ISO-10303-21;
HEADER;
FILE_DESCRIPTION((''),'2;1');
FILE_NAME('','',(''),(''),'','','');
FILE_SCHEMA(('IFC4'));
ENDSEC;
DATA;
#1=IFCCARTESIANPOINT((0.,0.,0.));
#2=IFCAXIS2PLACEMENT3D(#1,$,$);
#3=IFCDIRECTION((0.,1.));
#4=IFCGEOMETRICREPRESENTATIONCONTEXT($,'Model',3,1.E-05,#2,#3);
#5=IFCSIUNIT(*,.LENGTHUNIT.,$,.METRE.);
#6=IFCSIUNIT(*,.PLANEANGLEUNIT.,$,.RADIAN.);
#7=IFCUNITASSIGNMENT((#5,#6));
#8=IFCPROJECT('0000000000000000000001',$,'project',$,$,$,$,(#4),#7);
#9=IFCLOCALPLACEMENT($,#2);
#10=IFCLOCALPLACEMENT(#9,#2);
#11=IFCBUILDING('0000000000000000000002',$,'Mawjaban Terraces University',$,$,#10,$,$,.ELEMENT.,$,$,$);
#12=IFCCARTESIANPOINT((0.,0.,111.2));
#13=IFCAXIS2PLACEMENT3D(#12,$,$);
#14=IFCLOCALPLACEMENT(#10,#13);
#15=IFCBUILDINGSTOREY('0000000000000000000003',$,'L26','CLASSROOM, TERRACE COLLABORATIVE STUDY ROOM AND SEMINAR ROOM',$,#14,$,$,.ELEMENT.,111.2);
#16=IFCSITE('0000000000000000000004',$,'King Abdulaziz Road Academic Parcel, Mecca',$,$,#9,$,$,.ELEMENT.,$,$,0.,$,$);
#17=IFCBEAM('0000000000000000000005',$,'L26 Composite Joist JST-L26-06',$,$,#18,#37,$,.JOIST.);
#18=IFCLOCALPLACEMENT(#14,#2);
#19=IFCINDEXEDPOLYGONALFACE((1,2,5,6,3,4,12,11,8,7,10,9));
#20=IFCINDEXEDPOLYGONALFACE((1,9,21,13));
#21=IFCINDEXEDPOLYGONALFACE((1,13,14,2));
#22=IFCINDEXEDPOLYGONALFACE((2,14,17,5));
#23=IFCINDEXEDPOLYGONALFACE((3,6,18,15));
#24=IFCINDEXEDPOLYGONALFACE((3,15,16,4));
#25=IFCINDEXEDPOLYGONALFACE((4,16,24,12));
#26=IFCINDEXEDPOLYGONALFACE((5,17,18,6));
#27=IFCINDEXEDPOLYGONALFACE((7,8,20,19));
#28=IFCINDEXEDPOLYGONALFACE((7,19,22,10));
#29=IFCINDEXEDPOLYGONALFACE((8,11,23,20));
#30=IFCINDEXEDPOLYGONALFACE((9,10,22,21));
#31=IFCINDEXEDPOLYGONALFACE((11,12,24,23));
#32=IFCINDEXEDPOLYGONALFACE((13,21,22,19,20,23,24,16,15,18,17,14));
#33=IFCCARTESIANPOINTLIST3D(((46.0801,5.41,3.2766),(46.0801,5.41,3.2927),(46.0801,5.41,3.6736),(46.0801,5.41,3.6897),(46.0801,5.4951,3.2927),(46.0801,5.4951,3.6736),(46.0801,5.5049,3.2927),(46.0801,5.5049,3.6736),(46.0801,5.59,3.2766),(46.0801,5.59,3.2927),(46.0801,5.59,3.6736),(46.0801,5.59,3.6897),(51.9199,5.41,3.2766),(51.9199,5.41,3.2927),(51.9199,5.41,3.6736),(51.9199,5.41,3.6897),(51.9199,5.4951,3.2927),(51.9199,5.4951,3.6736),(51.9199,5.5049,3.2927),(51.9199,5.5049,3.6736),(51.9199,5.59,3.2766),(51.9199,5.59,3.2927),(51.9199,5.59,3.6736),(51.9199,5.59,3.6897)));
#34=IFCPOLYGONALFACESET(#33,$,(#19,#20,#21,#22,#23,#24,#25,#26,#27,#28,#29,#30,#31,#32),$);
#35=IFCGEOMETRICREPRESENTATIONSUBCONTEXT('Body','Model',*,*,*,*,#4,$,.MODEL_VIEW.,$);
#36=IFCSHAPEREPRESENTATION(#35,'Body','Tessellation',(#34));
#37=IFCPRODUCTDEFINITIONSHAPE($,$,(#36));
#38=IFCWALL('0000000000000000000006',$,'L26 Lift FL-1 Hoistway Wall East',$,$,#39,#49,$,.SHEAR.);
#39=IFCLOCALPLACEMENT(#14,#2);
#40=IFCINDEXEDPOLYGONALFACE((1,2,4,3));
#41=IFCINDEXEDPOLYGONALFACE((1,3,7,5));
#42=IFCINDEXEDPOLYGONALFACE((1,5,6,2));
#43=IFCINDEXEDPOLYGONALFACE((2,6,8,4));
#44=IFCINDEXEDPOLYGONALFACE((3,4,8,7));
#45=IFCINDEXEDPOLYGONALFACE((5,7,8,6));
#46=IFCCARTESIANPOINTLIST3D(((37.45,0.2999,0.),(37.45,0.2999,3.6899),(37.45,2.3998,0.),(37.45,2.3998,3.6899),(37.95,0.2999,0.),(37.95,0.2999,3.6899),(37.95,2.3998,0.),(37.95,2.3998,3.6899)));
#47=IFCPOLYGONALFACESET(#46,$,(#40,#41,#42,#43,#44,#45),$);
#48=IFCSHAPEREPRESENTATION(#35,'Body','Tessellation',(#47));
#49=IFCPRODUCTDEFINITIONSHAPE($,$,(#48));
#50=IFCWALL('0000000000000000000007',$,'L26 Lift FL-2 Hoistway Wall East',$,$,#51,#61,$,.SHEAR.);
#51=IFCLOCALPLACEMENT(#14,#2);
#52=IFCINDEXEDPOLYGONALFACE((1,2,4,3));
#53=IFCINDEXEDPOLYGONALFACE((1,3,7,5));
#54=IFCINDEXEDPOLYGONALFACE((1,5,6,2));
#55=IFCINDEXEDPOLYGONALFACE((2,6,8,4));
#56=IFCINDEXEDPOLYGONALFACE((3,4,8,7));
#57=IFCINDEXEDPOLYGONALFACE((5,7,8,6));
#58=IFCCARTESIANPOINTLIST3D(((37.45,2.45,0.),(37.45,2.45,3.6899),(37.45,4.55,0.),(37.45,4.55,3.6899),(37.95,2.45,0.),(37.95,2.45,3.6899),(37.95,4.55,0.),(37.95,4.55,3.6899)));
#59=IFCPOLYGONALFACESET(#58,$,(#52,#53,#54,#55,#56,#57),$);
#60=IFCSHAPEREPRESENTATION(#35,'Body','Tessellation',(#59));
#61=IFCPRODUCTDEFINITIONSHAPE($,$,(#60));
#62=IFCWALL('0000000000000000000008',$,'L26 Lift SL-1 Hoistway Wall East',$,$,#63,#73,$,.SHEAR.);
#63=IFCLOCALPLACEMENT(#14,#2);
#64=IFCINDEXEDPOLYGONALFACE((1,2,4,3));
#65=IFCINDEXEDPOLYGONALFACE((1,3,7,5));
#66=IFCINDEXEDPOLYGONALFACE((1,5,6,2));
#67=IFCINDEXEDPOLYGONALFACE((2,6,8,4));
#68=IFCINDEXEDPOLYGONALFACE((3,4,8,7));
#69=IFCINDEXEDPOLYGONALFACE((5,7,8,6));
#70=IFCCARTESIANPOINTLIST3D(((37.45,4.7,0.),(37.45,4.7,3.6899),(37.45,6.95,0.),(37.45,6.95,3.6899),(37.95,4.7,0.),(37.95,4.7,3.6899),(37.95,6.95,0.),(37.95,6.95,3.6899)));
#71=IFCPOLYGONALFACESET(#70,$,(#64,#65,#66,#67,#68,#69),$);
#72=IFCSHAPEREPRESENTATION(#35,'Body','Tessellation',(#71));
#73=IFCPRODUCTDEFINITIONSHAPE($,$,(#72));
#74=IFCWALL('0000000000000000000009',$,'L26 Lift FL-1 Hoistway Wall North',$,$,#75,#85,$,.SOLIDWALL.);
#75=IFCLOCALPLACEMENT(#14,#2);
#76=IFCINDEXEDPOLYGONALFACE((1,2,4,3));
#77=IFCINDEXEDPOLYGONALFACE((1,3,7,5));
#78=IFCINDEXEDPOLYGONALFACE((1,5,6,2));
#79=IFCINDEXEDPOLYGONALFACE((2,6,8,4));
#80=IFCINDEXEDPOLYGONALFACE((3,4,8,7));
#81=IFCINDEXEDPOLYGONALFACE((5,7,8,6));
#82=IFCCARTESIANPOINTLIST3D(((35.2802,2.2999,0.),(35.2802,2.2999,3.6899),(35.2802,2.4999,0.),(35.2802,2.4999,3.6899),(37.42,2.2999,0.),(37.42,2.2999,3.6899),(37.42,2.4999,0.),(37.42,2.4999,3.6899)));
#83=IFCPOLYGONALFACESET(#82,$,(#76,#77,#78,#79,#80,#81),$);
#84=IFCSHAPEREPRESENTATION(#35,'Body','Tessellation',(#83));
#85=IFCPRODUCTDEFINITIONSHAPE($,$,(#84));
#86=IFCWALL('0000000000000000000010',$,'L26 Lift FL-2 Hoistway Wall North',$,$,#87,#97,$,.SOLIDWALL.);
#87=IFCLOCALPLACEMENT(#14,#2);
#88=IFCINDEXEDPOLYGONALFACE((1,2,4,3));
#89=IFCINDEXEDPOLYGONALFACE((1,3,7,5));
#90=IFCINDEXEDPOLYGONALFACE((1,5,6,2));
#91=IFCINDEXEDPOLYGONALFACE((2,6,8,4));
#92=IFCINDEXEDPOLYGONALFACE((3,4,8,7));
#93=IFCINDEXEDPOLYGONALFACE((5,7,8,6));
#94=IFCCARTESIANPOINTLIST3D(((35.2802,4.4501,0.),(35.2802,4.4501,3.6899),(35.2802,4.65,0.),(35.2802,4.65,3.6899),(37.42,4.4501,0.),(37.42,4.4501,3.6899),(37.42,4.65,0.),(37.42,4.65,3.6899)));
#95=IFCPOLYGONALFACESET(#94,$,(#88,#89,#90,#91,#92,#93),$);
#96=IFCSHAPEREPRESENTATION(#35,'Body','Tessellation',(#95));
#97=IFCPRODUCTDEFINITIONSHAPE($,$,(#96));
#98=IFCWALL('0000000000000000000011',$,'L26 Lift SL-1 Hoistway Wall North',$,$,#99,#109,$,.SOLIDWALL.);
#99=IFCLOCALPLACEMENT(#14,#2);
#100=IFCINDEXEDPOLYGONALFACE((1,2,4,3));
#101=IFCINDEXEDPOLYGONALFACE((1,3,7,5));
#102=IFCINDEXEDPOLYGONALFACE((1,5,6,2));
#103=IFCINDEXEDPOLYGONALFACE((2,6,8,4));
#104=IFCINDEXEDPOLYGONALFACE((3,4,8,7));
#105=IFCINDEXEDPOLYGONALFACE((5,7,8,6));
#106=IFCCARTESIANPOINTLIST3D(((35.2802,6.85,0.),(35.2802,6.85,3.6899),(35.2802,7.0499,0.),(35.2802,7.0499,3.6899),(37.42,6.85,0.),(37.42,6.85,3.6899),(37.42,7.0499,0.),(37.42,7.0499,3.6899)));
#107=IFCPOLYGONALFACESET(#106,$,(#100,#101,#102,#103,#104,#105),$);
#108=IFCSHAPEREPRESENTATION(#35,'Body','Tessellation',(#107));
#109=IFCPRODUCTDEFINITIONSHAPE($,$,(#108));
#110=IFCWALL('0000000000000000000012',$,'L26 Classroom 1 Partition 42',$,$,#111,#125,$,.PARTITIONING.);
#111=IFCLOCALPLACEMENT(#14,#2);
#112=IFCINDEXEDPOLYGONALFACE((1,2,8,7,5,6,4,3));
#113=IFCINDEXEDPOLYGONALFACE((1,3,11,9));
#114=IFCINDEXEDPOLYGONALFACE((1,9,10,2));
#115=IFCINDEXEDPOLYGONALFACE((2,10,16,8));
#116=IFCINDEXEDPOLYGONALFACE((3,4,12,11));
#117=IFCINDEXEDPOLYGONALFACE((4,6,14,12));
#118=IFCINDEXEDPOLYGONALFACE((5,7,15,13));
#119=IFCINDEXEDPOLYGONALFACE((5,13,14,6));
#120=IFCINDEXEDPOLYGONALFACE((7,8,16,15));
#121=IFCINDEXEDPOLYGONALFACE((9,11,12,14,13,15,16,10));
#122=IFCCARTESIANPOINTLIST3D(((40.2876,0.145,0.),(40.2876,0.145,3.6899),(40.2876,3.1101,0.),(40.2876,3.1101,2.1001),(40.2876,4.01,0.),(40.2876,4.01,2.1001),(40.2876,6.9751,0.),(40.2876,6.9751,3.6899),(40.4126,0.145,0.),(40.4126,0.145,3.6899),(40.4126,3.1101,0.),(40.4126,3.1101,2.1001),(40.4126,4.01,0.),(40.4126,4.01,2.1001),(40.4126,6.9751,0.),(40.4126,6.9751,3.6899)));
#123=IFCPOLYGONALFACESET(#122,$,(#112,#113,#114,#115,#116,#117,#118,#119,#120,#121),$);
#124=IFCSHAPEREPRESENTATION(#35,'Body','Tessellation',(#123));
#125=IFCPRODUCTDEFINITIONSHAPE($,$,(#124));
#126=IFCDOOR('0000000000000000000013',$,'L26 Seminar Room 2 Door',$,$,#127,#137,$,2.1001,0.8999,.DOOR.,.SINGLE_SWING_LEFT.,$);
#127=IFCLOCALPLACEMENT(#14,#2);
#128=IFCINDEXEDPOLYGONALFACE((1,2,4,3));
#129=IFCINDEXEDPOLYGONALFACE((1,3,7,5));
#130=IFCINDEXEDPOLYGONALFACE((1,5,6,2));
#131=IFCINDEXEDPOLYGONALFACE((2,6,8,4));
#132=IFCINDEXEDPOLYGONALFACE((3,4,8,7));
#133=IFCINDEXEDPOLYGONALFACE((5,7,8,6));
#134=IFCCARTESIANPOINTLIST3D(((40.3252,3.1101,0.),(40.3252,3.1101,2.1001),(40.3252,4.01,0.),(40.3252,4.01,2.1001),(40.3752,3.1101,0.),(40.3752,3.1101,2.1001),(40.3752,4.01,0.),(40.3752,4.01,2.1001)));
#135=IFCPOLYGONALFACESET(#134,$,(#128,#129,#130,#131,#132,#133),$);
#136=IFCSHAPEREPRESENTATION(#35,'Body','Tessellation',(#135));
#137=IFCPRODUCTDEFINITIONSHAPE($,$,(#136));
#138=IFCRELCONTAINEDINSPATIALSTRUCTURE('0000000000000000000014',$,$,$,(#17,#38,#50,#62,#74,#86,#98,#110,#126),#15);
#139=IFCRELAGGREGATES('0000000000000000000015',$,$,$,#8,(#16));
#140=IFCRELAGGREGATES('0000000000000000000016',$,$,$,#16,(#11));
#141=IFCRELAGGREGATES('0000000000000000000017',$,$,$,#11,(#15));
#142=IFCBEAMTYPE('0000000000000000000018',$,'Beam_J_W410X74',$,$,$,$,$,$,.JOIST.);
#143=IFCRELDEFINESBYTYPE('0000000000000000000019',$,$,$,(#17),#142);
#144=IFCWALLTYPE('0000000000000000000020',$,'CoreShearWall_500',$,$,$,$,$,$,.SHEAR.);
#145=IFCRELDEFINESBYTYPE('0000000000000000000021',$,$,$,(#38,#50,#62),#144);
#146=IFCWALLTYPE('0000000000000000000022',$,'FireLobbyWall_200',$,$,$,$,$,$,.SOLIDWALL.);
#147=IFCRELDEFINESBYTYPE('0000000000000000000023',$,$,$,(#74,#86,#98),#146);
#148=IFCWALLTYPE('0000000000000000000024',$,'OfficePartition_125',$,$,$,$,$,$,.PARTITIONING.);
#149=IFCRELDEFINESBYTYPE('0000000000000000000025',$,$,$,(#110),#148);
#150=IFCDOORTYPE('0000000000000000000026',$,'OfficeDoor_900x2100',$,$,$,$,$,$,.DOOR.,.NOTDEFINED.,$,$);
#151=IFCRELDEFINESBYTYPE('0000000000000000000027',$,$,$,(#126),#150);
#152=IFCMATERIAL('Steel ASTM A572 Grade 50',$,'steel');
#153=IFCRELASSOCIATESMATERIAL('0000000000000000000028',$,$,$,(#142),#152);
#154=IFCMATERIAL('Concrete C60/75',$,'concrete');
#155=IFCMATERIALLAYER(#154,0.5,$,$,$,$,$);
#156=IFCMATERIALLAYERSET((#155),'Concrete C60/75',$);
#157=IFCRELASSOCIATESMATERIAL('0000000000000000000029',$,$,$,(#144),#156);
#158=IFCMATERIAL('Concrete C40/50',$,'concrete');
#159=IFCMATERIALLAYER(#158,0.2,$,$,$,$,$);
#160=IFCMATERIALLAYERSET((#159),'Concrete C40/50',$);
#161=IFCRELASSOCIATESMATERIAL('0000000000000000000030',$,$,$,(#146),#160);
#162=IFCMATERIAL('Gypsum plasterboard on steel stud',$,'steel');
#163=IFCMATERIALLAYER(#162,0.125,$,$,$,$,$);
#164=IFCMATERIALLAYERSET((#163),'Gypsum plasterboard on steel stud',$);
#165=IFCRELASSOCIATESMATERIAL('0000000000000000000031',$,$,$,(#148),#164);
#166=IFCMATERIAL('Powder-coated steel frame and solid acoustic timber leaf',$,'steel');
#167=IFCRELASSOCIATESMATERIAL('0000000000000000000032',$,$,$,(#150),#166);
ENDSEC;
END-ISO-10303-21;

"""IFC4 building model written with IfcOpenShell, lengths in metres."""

from ifc_helpers import new_model, si_unit, direction, frame, frame_2d, origin, origin_2d, place, context, subcontext, project, spatial, rectangle, i_section, extrude, material, layer, layer_set, material_profile, profile_set, type_object, element, fill, save


model = new_model("IFC4")

# Units and contexts
model_context = context("Model", 3, precision=1e-05, world=origin(), true_north=direction((0.0, 1.0)))
body_context = subcontext(model_context, "Body", "Model", "MODEL_VIEW")
ifc_project = project(units=[si_unit("LENGTHUNIT", "METRE"), si_unit("PLANEANGLEUNIT", "RADIAN")], contexts=[model_context])

# Site, building, storey
site_placement = place(None, origin())
site = spatial("IfcSite", under=ifc_project, at=site_placement, Name="King Abdulaziz Road Academic Parcel, Mecca", CompositionType="ELEMENT", RefElevation=0.0)
building_placement = place(site_placement, origin())
building = spatial("IfcBuilding", under=site, at=building_placement, Name="Mawjaban Terraces University", CompositionType="ELEMENT")
storey_placement = place(building_placement, frame((0.0, 0.0, 111.2)))
storey = spatial("IfcBuildingStorey", under=building, at=storey_placement, Name="L26", Description="CLASSROOM, TERRACE COLLABORATIVE STUDY ROOM AND SEMINAR ROOM", CompositionType="ELEMENT", Elevation=111.2)

# Shared definitions
ifc_material_1 = material(Name="Concrete C60/75", Category="concrete")

# Beam
ifc_material_2 = material(Name="Steel ASTM A572 Grade 50", Category="steel")
ifc_material_profile_1 = material_profile(ifc_material_2, i_section(OverallWidth=0.1799, OverallDepth=0.4131, WebThickness=0.0098, FlangeThickness=0.0161, at=origin_2d()), Name="W410X74")
ifc_profile_set_1 = profile_set([ifc_material_profile_1], Name="Steel ASTM A572 Grade 50")
beam_type_1 = type_object("IfcBeamType", Name="Beam_J_W410X74", PredefinedType="JOIST", material=ifc_profile_set_1)
beam_1_placement = place(storey_placement, frame((46.0801, 5.5, 3.4832), z_axis=(1.0, 0.0, 0.0), x_axis=(0.0, 1.0, 0.0)))
element("IfcBeam", 1, at=beam_1_placement, inside=storey, type_object=beam_type_1, Name="L26 Composite Joist JST-L26-06", PredefinedType="JOIST", context=body_context, shape_type="SweptSolid", body=[
    extrude(i_section(OverallWidth=0.1799, OverallDepth=0.4131, WebThickness=0.0098, FlangeThickness=0.0161, at=origin_2d()), origin(), (0.0, 0.0, 1.0), 5.8398),
])

# Walls
ifc_layer_1 = layer(ifc_material_1, 0.5)
ifc_layer_set_1 = layer_set([ifc_layer_1], Name="Concrete C60/75")
wall_type_1 = type_object("IfcWallType", Name="CoreShearWall_500", PredefinedType="SHEAR", material=ifc_layer_set_1)
wall_1_placement = place(storey_placement, frame((37.7, 0.3, 0.0), z_axis=(0.0, 0.0, 1.0), x_axis=(0.0, 1.0, 0.0)))
element("IfcWall", 2, at=wall_1_placement, inside=storey, type_object=wall_type_1, Name="L26 Lift FL-1 Hoistway Wall East", PredefinedType="SHEAR", context=body_context, shape_type="SweptSolid", body=[
    extrude(rectangle(XDim=2.0999, YDim=0.5, at=frame_2d((1.0498, 0.0))), origin(), (0.0, 0.0, 1.0), 3.6899),
])
wall_2_placement = place(storey_placement, frame((37.7, 2.45, 0.0), z_axis=(0.0, 0.0, 1.0), x_axis=(0.0, 1.0, 0.0)))
element("IfcWall", 3, at=wall_2_placement, inside=storey, type_object=wall_type_1, Name="L26 Lift FL-2 Hoistway Wall East", PredefinedType="SHEAR", context=body_context, shape_type="SweptSolid", body=[
    extrude(rectangle(XDim=2.1001, YDim=0.5, at=frame_2d((1.05, 0.0))), origin(), (0.0, 0.0, 1.0), 3.6899),
])
wall_3_placement = place(storey_placement, frame((37.7, 4.7, 0.0), z_axis=(0.0, 0.0, 1.0), x_axis=(0.0, 1.0, 0.0)))
element("IfcWall", 4, at=wall_3_placement, inside=storey, type_object=wall_type_1, Name="L26 Lift SL-1 Hoistway Wall East", PredefinedType="SHEAR", context=body_context, shape_type="SweptSolid", body=[
    extrude(rectangle(XDim=2.25, YDim=0.5, at=frame_2d((1.125, 0.0))), origin(), (0.0, 0.0, 1.0), 3.6899),
])
ifc_material_3 = material(Name="Concrete C40/50", Category="concrete")
ifc_layer_2 = layer(ifc_material_3, 0.2)
ifc_layer_set_2 = layer_set([ifc_layer_2], Name="Concrete C40/50")
wall_type_2 = type_object("IfcWallType", Name="FireLobbyWall_200", PredefinedType="SOLIDWALL", material=ifc_layer_set_2)
for number, where, z_axis, x_axis, name in (
    (5, (37.4199, 2.3999, 0.0), (0.0, 0.0, 1.0), (-1.0, 0.0, 0.0), "L26 Lift FL-1 Hoistway Wall North"),
    (6, (37.4199, 4.55, 0.0), (0.0, 0.0, 1.0), (-1.0, 0.0, 0.0), "L26 Lift FL-2 Hoistway Wall North"),
    (7, (37.4199, 6.95, 0.0), (0.0, 0.0, 1.0), (-1.0, 0.0, 0.0), "L26 Lift SL-1 Hoistway Wall North"),
):
    element("IfcWall", number, at=place(storey_placement, frame(where, z_axis=z_axis, x_axis=x_axis)), inside=storey, type_object=wall_type_2, Name=name, PredefinedType="SOLIDWALL", context=body_context, shape_type="SweptSolid", body=[
        extrude(rectangle(XDim=2.1399, YDim=0.2, at=frame_2d((1.0698, 0.0))), origin(), (0.0, 0.0, 1.0), 3.6899),
    ])

# Wall, opening, door
ifc_material_4 = material(Name="Gypsum plasterboard on steel stud", Category="steel")
ifc_layer_3 = layer(ifc_material_4, 0.125)
ifc_layer_set_3 = layer_set([ifc_layer_3], Name="Gypsum plasterboard on steel stud")
wall_type_3 = type_object("IfcWallType", Name="OfficePartition_125", PredefinedType="PARTITIONING", material=ifc_layer_set_3)
wall_4_placement = place(storey_placement, frame((40.3501, 0.145, 0.0), z_axis=(0.0, 0.0, 1.0), x_axis=(0.0, 1.0, 0.0)))
wall_4 = element("IfcWall", 8, at=wall_4_placement, inside=storey, type_object=wall_type_3, Name="L26 Classroom 1 Partition 42", PredefinedType="PARTITIONING", context=body_context, shape_type="SweptSolid", body=[
    extrude(rectangle(XDim=6.8301, YDim=0.125, at=frame_2d((3.415, 0.0))), origin(), (0.0, 0.0, 1.0), 3.6899),
])
opening_placement = place(wall_4_placement, frame((2.9651, 0.0, 0.0)))
opening = element("IfcOpeningElement", 9, at=opening_placement, cuts=wall_4, PredefinedType="OPENING", context=body_context, shape_type="SweptSolid", body=[
    extrude(rectangle(XDim=0.8999, YDim=2.1001, at=frame_2d((0.45, 1.05))), frame((0.0, 0.0725, 0.0), z_axis=(0.0, -1.0, 0.0), x_axis=(1.0, 0.0, 0.0)), (0.0, 0.0, 1.0), 0.145),
])
ifc_material_5 = material(Name="Powder-coated steel frame and solid acoustic timber leaf", Category="steel")
door_type = type_object("IfcDoorType", Name="OfficeDoor_900x2100", OperationType="NOTDEFINED", PredefinedType="DOOR", material=ifc_material_5)
door_placement = place(opening_placement, origin())
door = element("IfcDoor", 10, at=door_placement, inside=storey, type_object=door_type, Name="L26 Seminar Room 2 Door", OperationType="SINGLE_SWING_LEFT", OverallHeight=2.1001, OverallWidth=0.8999, PredefinedType="DOOR", context=body_context, shape_type="SweptSolid", body=[
    extrude(rectangle(XDim=0.8999, YDim=2.1001, at=frame_2d((0.45, 1.05))), frame((0.0, 0.0249, 0.0), z_axis=(0.0, -1.0, 0.0), x_axis=(1.0, 0.0, 0.0)), (0.0, 0.0, 1.0), 0.05),
])
fill(opening, door)

save(model, "model.ifc")
